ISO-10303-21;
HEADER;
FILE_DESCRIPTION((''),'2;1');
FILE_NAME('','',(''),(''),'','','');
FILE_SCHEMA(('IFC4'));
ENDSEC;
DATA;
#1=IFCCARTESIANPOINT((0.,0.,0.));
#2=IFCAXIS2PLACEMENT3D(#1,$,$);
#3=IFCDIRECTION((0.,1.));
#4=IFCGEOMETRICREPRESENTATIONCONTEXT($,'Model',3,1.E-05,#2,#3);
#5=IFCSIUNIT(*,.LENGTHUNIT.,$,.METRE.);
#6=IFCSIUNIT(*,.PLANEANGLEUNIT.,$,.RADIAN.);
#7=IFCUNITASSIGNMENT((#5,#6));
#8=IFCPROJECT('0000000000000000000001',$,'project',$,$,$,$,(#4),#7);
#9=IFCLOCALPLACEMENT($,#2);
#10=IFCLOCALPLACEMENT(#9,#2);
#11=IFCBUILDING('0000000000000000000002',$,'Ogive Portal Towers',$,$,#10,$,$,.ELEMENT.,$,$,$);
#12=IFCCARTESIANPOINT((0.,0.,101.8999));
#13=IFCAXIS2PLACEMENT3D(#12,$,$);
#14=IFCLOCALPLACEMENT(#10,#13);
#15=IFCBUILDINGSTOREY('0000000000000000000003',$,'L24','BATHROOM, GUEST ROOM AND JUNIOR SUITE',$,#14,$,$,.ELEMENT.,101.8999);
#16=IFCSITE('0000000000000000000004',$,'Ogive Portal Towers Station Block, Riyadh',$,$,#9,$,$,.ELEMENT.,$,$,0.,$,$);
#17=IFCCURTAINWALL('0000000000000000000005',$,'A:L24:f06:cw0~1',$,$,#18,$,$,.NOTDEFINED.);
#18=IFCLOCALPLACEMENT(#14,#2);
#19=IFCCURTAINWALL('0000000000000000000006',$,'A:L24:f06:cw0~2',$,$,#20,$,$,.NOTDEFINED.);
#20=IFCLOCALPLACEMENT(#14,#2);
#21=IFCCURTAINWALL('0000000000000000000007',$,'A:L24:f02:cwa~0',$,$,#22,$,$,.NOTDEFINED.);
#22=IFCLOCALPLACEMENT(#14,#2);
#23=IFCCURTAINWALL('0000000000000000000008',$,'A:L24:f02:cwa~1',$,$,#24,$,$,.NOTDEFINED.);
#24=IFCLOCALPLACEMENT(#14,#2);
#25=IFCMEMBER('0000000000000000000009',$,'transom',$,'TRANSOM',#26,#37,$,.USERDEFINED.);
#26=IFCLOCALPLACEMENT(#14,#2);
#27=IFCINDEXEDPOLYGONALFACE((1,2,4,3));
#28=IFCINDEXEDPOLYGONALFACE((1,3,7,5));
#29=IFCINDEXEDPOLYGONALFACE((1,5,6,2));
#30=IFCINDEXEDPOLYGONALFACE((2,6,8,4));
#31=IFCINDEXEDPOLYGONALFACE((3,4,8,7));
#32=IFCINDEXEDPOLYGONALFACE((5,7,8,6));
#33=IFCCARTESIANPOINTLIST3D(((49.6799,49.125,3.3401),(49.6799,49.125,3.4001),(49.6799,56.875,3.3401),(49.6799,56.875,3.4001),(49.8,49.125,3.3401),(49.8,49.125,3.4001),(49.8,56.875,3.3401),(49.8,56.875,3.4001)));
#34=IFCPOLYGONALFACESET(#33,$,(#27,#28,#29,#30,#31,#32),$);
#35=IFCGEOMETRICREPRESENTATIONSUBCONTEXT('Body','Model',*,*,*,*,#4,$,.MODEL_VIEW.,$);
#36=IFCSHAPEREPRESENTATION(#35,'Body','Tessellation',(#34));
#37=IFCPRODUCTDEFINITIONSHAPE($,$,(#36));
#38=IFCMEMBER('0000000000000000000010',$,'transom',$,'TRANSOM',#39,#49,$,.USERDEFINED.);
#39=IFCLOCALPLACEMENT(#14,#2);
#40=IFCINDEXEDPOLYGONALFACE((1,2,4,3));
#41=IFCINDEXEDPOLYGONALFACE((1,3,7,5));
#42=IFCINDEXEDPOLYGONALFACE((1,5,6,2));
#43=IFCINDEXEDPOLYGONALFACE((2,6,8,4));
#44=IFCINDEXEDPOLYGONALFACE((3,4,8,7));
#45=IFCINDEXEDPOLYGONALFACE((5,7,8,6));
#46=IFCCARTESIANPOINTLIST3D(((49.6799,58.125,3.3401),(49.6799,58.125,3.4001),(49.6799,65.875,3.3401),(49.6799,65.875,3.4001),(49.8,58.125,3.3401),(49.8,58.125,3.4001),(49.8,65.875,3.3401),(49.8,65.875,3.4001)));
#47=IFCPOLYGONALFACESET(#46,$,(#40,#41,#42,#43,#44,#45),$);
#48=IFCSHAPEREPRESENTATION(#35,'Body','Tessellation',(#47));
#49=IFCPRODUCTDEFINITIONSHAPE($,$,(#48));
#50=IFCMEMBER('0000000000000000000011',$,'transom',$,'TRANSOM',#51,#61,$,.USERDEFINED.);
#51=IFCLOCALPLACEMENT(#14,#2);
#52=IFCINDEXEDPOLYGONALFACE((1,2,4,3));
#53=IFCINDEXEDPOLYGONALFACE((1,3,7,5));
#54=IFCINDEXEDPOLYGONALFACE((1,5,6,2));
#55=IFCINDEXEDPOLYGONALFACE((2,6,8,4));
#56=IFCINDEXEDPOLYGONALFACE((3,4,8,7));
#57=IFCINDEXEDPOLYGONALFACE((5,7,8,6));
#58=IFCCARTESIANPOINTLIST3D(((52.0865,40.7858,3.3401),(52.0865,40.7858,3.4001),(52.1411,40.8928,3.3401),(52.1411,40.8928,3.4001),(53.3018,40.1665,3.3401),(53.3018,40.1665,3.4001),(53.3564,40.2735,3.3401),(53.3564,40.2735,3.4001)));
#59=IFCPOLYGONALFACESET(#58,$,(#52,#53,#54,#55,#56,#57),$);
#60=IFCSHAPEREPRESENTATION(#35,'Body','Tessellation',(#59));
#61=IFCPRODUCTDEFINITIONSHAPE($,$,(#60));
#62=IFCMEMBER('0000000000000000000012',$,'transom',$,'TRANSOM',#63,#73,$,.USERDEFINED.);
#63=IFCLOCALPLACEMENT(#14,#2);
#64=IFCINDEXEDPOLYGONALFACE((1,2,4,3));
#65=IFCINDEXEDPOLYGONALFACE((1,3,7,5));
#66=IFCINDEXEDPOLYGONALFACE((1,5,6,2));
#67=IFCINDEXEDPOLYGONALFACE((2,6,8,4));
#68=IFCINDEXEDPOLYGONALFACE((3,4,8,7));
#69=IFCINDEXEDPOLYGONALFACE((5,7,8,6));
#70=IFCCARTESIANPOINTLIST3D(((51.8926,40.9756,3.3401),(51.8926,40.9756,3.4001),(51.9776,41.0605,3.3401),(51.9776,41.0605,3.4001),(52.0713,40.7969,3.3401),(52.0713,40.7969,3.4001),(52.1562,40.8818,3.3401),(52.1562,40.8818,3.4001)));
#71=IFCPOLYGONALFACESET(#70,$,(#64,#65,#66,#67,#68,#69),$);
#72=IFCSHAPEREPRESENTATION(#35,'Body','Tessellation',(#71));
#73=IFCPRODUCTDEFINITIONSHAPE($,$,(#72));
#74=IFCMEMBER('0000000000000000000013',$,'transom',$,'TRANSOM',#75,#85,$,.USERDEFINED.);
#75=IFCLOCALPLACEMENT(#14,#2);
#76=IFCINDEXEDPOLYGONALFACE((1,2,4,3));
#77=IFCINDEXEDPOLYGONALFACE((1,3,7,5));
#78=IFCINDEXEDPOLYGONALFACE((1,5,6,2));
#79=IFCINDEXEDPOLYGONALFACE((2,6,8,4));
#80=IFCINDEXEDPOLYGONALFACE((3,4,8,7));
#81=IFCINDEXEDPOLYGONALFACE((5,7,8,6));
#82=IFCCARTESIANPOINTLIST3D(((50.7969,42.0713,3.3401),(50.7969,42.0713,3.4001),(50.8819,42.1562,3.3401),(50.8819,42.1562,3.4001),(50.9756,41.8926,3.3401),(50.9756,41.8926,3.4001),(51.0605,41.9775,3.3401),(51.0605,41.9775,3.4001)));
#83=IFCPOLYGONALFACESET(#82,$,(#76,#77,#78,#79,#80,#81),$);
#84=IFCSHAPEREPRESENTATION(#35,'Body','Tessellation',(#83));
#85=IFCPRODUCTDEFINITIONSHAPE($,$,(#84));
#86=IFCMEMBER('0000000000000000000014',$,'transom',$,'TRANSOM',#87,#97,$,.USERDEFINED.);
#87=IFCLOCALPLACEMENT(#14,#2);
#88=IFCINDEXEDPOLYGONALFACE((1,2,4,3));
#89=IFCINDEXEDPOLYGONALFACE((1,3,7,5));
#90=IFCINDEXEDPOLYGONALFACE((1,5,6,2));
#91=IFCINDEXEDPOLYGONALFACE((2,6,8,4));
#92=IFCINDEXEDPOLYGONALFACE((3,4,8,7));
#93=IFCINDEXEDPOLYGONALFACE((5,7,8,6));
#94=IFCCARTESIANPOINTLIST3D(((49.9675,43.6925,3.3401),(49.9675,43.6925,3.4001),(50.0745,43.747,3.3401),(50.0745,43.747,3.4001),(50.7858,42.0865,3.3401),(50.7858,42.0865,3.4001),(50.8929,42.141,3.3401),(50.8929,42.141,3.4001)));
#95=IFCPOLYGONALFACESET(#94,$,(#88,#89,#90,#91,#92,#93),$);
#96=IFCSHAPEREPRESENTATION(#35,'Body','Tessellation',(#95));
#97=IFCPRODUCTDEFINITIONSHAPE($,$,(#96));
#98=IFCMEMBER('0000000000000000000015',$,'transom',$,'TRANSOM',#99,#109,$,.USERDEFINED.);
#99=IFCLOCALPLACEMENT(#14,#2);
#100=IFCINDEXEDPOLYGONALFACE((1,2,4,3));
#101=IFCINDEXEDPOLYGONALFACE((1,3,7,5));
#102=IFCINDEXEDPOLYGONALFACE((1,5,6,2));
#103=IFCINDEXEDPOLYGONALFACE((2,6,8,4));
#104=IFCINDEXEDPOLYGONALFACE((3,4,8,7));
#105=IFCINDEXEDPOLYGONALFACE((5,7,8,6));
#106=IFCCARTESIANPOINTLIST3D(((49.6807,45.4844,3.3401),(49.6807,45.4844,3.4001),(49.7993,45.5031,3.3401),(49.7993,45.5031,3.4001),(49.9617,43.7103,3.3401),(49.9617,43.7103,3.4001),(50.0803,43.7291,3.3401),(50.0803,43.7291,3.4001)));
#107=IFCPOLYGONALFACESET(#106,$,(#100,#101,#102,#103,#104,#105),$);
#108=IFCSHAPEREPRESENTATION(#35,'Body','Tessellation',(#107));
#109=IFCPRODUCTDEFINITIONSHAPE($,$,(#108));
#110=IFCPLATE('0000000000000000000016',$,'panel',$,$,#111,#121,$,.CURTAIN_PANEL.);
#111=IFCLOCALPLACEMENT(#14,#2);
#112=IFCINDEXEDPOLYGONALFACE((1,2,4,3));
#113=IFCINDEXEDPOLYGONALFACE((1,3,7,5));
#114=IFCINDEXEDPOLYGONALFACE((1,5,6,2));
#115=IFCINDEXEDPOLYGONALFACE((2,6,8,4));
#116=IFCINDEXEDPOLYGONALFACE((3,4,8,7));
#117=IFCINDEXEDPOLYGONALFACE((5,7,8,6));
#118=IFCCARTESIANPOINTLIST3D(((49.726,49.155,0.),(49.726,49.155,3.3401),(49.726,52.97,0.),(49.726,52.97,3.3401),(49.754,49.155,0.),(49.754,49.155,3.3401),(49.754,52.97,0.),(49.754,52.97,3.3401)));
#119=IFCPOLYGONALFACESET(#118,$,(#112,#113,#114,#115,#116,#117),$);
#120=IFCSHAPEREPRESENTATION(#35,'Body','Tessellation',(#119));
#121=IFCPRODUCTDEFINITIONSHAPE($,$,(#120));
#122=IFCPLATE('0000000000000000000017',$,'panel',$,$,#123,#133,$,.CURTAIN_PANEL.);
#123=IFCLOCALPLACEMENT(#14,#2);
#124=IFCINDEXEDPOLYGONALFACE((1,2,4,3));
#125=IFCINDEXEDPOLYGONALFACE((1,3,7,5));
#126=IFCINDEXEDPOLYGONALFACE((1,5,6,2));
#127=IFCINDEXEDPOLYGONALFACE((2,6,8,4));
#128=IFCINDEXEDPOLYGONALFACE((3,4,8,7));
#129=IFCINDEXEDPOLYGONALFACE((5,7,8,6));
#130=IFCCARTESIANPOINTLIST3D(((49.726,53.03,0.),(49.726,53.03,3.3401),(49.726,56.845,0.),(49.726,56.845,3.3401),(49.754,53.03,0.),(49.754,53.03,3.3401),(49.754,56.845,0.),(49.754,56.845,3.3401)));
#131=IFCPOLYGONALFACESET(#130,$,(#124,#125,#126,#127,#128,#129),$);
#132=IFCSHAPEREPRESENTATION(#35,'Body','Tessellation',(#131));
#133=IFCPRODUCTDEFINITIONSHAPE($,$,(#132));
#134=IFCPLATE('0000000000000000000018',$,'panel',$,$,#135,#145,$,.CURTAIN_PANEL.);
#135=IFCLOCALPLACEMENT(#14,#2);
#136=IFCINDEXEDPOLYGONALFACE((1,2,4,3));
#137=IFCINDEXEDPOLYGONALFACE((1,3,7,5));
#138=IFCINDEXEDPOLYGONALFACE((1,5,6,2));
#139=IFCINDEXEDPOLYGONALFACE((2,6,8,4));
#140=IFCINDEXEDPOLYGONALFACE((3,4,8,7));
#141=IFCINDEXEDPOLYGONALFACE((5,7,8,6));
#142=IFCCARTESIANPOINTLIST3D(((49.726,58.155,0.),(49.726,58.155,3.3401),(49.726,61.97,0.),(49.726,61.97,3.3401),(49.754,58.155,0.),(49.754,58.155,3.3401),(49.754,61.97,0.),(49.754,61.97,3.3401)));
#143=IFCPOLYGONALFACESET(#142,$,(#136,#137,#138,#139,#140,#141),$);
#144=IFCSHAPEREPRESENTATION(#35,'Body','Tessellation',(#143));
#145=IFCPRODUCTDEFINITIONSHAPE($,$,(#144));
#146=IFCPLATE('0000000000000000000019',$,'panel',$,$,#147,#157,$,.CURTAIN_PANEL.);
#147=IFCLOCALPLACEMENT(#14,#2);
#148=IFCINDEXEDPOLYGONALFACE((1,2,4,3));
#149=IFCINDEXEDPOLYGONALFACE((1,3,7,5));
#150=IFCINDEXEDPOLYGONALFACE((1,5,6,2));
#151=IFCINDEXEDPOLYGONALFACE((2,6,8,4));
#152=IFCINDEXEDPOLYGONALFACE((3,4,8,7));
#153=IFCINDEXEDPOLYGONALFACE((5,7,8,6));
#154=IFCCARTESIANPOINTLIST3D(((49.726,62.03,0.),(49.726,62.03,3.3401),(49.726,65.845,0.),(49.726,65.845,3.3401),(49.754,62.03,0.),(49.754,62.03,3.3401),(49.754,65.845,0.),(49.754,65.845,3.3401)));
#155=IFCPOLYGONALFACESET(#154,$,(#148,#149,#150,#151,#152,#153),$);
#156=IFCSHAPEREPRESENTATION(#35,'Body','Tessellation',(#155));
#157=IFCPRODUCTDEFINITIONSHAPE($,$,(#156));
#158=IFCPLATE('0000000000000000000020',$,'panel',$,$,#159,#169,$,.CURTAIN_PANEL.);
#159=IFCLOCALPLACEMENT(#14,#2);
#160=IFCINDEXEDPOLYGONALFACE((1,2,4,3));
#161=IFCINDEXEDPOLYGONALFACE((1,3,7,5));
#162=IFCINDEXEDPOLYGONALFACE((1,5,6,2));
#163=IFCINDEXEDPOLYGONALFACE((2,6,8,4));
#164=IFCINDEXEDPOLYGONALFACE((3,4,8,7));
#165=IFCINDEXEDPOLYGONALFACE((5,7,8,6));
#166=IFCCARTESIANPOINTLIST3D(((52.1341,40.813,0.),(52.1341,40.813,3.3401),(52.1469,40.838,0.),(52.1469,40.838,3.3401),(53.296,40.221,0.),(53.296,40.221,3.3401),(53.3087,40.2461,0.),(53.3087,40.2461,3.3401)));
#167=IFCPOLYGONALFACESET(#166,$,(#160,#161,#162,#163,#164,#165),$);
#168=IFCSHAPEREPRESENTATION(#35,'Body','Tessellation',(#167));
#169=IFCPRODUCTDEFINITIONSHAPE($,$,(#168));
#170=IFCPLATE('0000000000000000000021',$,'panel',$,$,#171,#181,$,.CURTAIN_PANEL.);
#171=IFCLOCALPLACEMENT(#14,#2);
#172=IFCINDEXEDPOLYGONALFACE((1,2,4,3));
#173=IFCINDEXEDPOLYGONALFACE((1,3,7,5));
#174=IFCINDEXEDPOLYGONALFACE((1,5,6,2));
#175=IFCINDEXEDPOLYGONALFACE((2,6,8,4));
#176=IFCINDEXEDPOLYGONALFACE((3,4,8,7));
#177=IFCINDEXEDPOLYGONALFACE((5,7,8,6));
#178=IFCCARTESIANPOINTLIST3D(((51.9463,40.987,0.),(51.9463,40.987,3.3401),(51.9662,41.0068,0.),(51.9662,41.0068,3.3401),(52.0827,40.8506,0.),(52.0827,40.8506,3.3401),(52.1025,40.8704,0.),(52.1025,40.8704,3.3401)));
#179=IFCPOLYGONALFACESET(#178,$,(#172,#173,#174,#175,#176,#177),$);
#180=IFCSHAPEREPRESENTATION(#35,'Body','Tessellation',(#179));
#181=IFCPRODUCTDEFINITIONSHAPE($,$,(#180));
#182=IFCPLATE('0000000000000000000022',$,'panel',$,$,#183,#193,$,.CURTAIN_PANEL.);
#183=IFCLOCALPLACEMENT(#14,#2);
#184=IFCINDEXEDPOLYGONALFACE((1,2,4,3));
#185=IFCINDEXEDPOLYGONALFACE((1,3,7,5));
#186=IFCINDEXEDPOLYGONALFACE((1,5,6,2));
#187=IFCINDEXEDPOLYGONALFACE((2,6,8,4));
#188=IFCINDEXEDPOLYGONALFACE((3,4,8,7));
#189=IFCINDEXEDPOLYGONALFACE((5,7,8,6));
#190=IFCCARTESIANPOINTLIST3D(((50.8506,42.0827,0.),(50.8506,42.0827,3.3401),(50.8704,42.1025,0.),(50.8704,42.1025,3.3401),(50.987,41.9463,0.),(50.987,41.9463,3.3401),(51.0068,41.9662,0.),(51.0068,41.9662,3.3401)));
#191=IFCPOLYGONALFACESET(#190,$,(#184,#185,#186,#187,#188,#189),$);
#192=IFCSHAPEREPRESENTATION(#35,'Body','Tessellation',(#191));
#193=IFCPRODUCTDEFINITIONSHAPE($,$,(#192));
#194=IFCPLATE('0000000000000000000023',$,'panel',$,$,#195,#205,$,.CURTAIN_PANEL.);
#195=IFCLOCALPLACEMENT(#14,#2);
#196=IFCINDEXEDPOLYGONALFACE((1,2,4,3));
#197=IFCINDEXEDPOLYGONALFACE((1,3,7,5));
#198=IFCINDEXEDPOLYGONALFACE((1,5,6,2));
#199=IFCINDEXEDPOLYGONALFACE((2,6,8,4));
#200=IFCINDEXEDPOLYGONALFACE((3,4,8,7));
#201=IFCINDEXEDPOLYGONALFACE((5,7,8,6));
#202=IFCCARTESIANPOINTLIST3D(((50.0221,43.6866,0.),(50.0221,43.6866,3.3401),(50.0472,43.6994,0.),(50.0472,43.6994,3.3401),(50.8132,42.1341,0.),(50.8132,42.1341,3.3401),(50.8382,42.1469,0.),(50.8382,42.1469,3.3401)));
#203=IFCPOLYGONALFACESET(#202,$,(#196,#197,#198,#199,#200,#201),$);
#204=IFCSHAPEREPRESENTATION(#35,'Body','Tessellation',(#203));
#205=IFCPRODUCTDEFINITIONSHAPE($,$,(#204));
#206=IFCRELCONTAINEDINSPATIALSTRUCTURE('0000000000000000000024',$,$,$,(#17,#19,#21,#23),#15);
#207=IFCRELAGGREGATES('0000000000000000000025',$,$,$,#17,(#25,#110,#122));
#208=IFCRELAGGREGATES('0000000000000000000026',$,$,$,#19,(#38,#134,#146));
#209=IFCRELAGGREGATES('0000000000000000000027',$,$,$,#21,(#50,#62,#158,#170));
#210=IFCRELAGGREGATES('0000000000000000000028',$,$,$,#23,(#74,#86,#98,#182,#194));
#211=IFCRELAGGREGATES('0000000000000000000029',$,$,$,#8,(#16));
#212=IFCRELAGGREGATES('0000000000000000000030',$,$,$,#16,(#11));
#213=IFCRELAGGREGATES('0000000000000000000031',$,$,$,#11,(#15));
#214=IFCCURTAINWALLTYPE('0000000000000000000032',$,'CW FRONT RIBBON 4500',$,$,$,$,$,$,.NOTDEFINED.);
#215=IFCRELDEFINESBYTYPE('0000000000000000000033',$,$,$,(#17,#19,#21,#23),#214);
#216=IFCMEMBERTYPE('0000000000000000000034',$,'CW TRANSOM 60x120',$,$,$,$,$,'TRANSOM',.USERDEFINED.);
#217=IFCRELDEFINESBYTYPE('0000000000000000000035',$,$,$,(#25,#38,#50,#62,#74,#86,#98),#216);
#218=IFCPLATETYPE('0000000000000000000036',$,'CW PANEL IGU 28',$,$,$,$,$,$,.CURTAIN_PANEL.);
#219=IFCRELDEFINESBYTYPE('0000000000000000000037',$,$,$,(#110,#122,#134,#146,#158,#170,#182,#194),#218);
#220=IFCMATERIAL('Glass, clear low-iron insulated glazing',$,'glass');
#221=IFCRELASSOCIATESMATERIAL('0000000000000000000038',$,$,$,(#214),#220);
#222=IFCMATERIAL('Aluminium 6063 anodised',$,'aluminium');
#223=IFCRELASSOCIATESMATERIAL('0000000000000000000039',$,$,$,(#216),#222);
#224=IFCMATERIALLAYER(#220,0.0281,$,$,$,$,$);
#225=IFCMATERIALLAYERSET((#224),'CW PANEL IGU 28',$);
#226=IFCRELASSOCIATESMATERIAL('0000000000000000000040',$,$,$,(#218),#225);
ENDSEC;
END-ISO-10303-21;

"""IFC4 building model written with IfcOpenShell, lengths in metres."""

from ifc_helpers import new_model, si_unit, direction, frame, origin, origin_2d, place, context, subcontext, project, spatial, rectangle, extrude, material, layer, layer_set, material_profile, profile_set, type_object, element, aggregate, save


model = new_model("IFC4")

# Units and contexts
model_context = context("Model", 3, precision=1e-05, world=origin(), true_north=direction((0.0, 1.0)))
body_context = subcontext(model_context, "Body", "Model", "MODEL_VIEW")
ifc_project = project(units=[si_unit("LENGTHUNIT", "METRE"), si_unit("PLANEANGLEUNIT", "RADIAN")], contexts=[model_context])

# Site, building, storey
site_placement = place(None, origin())
site = spatial("IfcSite", under=ifc_project, at=site_placement, Name="Ogive Portal Towers Station Block, Riyadh", CompositionType="ELEMENT", RefElevation=0.0)
building_placement = place(site_placement, origin())
building = spatial("IfcBuilding", under=site, at=building_placement, Name="Ogive Portal Towers", CompositionType="ELEMENT")
storey_placement = place(building_placement, frame((0.0, 0.0, 101.8999)))
storey = spatial("IfcBuildingStorey", under=building, at=storey_placement, Name="L24", Description="BATHROOM, GUEST ROOM AND JUNIOR SUITE", CompositionType="ELEMENT", Elevation=101.8999)

# Shared definitions
ifc_material_1 = material(Name="Glass, clear low-iron insulated glazing", Category="glass")
curtain_wall_type = type_object("IfcCurtainWallType", Name="CW FRONT RIBBON 4500", PredefinedType="NOTDEFINED", material=ifc_material_1)
ifc_material_2 = material(Name="Aluminium 6063 anodised", Category="aluminium")

# Curtain walls
curtain_wall_1_placement = place(storey_placement, origin())
curtain_wall_1 = element("IfcCurtainWall", 1, at=curtain_wall_1_placement, inside=storey, type_object=curtain_wall_type, Name="A:L24:f06:cw0~1", PredefinedType="NOTDEFINED")
curtain_wall_2_placement = place(storey_placement, origin())
curtain_wall_2 = element("IfcCurtainWall", 2, at=curtain_wall_2_placement, inside=storey, type_object=curtain_wall_type, Name="A:L24:f06:cw0~2", PredefinedType="NOTDEFINED")
curtain_wall_3_placement = place(storey_placement, origin())
curtain_wall_3 = element("IfcCurtainWall", 3, at=curtain_wall_3_placement, inside=storey, type_object=curtain_wall_type, Name="A:L24:f02:cwa~0", PredefinedType="NOTDEFINED")
curtain_wall_4_placement = place(storey_placement, origin())
curtain_wall_4 = element("IfcCurtainWall", 4, at=curtain_wall_4_placement, inside=storey, type_object=curtain_wall_type, Name="A:L24:f02:cwa~1", PredefinedType="NOTDEFINED")

# Members
ifc_material_profile_1 = material_profile(ifc_material_2, rectangle(XDim=0.1201, YDim=0.0601, at=origin_2d()), Name="AL 120x60")
ifc_profile_set_1 = profile_set([ifc_material_profile_1], Name="Aluminium 6063 anodised")
member_type_1 = type_object("IfcMemberType", Name="CW TRANSOM 60x120", ElementType="TRANSOM", PredefinedType="USERDEFINED", material=ifc_profile_set_1)
member_1_placement = place(storey_placement, frame((49.74, 49.125, 3.3701), z_axis=(0.0, 1.0, 0.0), x_axis=(-1.0, 0.0, 0.0)))
member_1 = element("IfcMember", 5, at=member_1_placement, type_object=member_type_1, Name="transom", ObjectType="TRANSOM", PredefinedType="USERDEFINED", context=body_context, shape_type="SweptSolid", body=[
    extrude(rectangle(XDim=0.1201, YDim=0.0601, at=origin_2d()), origin(), (0.0, 0.0, 1.0), 7.75),
])
member_2_placement = place(storey_placement, frame((49.74, 58.125, 3.3701), z_axis=(0.0, 1.0, 0.0), x_axis=(-1.0, 0.0, 0.0)))
member_2 = element("IfcMember", 6, at=member_2_placement, type_object=member_type_1, Name="transom", ObjectType="TRANSOM", PredefinedType="USERDEFINED", context=body_context, shape_type="SweptSolid", body=[
    extrude(rectangle(XDim=0.1201, YDim=0.0601, at=origin_2d()), origin(), (0.0, 0.0, 1.0), 7.75),
])
member_3_placement = place(storey_placement, frame((53.3291, 40.22, 3.3701), z_axis=(-0.890964, 0.454073, 0.0), x_axis=(-0.454073, -0.890964, 0.0)))
member_3 = element("IfcMember", 7, at=member_3_placement, type_object=member_type_1, Name="transom", ObjectType="TRANSOM", PredefinedType="USERDEFINED", context=body_context, shape_type="SweptSolid", body=[
    extrude(rectangle(XDim=0.1201, YDim=0.0601, at=origin_2d()), origin(), (0.0, 0.0, 1.0), 1.364),
])
member_4_placement = place(storey_placement, frame((52.1138, 40.8394, 3.3701), z_axis=(-0.707107, 0.707107, 0.0), x_axis=(-0.707107, -0.707107, 0.0)))
member_4 = element("IfcMember", 8, at=member_4_placement, type_object=member_type_1, Name="transom", ObjectType="TRANSOM", PredefinedType="USERDEFINED", context=body_context, shape_type="SweptSolid", body=[
    extrude(rectangle(XDim=0.1201, YDim=0.0601, at=origin_2d()), origin(), (0.0, 0.0, 1.0), 0.2527),
])
member_5_placement = place(storey_placement, frame((51.0181, 41.9351, 3.3701), z_axis=(-0.707107, 0.707107, 0.0), x_axis=(-0.707107, -0.707107, 0.0)))
member_5 = element("IfcMember", 9, at=member_5_placement, type_object=member_type_1, Name="transom", ObjectType="TRANSOM", PredefinedType="USERDEFINED", context=body_context, shape_type="SweptSolid", body=[
    extrude(rectangle(XDim=0.1201, YDim=0.0601, at=origin_2d()), origin(), (0.0, 0.0, 1.0), 0.2527),
])
member_6_placement = place(storey_placement, frame((50.8394, 42.1138, 3.3701), z_axis=(-0.454027, 0.890988, 0.0), x_axis=(-0.890988, -0.454027, 0.0)))
member_6 = element("IfcMember", 10, at=member_6_placement, type_object=member_type_1, Name="transom", ObjectType="TRANSOM", PredefinedType="USERDEFINED", context=body_context, shape_type="SweptSolid", body=[
    extrude(rectangle(XDim=0.1201, YDim=0.0601, at=origin_2d()), origin(), (0.0, 0.0, 1.0), 1.8025),
])
member_7_placement = place(storey_placement, frame((50.021, 43.7197, 3.3701), z_axis=(-0.156458, 0.987685, 0.0), x_axis=(-0.987685, -0.156458, 0.0)))
member_7 = element("IfcMember", 11, at=member_7_placement, type_object=member_type_1, Name="transom", ObjectType="TRANSOM", PredefinedType="USERDEFINED", context=body_context, shape_type="SweptSolid", body=[
    extrude(rectangle(XDim=0.1201, YDim=0.0601, at=origin_2d()), origin(), (0.0, 0.0, 1.0), 1.7961),
])

# Plates
ifc_layer = layer(ifc_material_1, 0.0281)
ifc_layer_set = layer_set([ifc_layer], Name="CW PANEL IGU 28")
plate_type = type_object("IfcPlateType", Name="CW PANEL IGU 28", PredefinedType="CURTAIN_PANEL", material=ifc_layer_set)
plate_1_placement = place(storey_placement, frame((49.74, 51.0625, 0.0), z_axis=(0.0, 0.0, 1.0), x_axis=(0.0, 1.0, 0.0)))
plate_1 = element("IfcPlate", 12, at=plate_1_placement, type_object=plate_type, Name="panel", PredefinedType="CURTAIN_PANEL", context=body_context, shape_type="SweptSolid", body=[
    extrude(rectangle(XDim=3.8149, YDim=0.0281, at=origin_2d()), origin(), (0.0, 0.0, 1.0), 3.3401),
])
plate_2_placement = place(storey_placement, frame((49.74, 54.9375, 0.0), z_axis=(0.0, 0.0, 1.0), x_axis=(0.0, 1.0, 0.0)))
plate_2 = element("IfcPlate", 13, at=plate_2_placement, type_object=plate_type, Name="panel", PredefinedType="CURTAIN_PANEL", context=body_context, shape_type="SweptSolid", body=[
    extrude(rectangle(XDim=3.8149, YDim=0.0281, at=origin_2d()), origin(), (0.0, 0.0, 1.0), 3.3401),
])
aggregate(curtain_wall_1, [member_1, plate_1, plate_2])
plate_3_placement = place(storey_placement, frame((49.74, 60.0625, 0.0), z_axis=(0.0, 0.0, 1.0), x_axis=(0.0, 1.0, 0.0)))
plate_3 = element("IfcPlate", 14, at=plate_3_placement, type_object=plate_type, Name="panel", PredefinedType="CURTAIN_PANEL", context=body_context, shape_type="SweptSolid", body=[
    extrude(rectangle(XDim=3.8149, YDim=0.0281, at=origin_2d()), origin(), (0.0, 0.0, 1.0), 3.3401),
])
plate_4_placement = place(storey_placement, frame((49.74, 63.9375, 0.0), z_axis=(0.0, 0.0, 1.0), x_axis=(0.0, 1.0, 0.0)))
plate_4 = element("IfcPlate", 15, at=plate_4_placement, type_object=plate_type, Name="panel", PredefinedType="CURTAIN_PANEL", context=body_context, shape_type="SweptSolid", body=[
    extrude(rectangle(XDim=3.8149, YDim=0.0281, at=origin_2d()), origin(), (0.0, 0.0, 1.0), 3.3401),
])
aggregate(curtain_wall_2, [member_2, plate_3, plate_4])
plate_5_placement = place(storey_placement, frame((52.7214, 40.5295, 0.0), z_axis=(0.0, 0.0, 1.0), x_axis=(-0.891007, 0.45399, 0.0)))
plate_5 = element("IfcPlate", 16, at=plate_5_placement, type_object=plate_type, Name="panel", PredefinedType="CURTAIN_PANEL", context=body_context, shape_type="SweptSolid", body=[
    extrude(rectangle(XDim=1.304, YDim=0.0281, at=origin_2d()), origin(), (0.0, 0.0, 1.0), 3.3401),
])
plate_6_placement = place(storey_placement, frame((52.0244, 40.9287, 0.0), z_axis=(0.0, 0.0, 1.0), x_axis=(-0.707107, 0.707107, 0.0)))
plate_6 = element("IfcPlate", 17, at=plate_6_placement, type_object=plate_type, Name="panel", PredefinedType="CURTAIN_PANEL", context=body_context, shape_type="SweptSolid", body=[
    extrude(rectangle(XDim=0.1929, YDim=0.0281, at=origin_2d()), origin(), (0.0, 0.0, 1.0), 3.3401),
])
aggregate(curtain_wall_3, [member_3, member_4, plate_5, plate_6])
plate_7_placement = place(storey_placement, frame((50.9287, 42.0244, 0.0), z_axis=(0.0, 0.0, 1.0), x_axis=(-0.707107, 0.707107, 0.0)))
plate_7 = element("IfcPlate", 18, at=plate_7_placement, type_object=plate_type, Name="panel", PredefinedType="CURTAIN_PANEL", context=body_context, shape_type="SweptSolid", body=[
    extrude(rectangle(XDim=0.1929, YDim=0.0281, at=origin_2d()), origin(), (0.0, 0.0, 1.0), 3.3401),
])
plate_8_placement = place(storey_placement, frame((50.4302, 42.9167, 0.0), z_axis=(0.0, 0.0, 1.0), x_axis=(-0.45399, 0.891007, 0.0)))
plate_8 = element("IfcPlate", 19, at=plate_8_placement, type_object=plate_type, Name="panel", PredefinedType="CURTAIN_PANEL", context=body_context, shape_type="SweptSolid", body=[
    extrude(rectangle(XDim=1.7424, YDim=0.0281, at=origin_2d()), origin(), (0.0, 0.0, 1.0), 3.3401),
])
aggregate(curtain_wall_4, [member_5, member_6, member_7, plate_7, plate_8])

save(model, "model.ifc")
